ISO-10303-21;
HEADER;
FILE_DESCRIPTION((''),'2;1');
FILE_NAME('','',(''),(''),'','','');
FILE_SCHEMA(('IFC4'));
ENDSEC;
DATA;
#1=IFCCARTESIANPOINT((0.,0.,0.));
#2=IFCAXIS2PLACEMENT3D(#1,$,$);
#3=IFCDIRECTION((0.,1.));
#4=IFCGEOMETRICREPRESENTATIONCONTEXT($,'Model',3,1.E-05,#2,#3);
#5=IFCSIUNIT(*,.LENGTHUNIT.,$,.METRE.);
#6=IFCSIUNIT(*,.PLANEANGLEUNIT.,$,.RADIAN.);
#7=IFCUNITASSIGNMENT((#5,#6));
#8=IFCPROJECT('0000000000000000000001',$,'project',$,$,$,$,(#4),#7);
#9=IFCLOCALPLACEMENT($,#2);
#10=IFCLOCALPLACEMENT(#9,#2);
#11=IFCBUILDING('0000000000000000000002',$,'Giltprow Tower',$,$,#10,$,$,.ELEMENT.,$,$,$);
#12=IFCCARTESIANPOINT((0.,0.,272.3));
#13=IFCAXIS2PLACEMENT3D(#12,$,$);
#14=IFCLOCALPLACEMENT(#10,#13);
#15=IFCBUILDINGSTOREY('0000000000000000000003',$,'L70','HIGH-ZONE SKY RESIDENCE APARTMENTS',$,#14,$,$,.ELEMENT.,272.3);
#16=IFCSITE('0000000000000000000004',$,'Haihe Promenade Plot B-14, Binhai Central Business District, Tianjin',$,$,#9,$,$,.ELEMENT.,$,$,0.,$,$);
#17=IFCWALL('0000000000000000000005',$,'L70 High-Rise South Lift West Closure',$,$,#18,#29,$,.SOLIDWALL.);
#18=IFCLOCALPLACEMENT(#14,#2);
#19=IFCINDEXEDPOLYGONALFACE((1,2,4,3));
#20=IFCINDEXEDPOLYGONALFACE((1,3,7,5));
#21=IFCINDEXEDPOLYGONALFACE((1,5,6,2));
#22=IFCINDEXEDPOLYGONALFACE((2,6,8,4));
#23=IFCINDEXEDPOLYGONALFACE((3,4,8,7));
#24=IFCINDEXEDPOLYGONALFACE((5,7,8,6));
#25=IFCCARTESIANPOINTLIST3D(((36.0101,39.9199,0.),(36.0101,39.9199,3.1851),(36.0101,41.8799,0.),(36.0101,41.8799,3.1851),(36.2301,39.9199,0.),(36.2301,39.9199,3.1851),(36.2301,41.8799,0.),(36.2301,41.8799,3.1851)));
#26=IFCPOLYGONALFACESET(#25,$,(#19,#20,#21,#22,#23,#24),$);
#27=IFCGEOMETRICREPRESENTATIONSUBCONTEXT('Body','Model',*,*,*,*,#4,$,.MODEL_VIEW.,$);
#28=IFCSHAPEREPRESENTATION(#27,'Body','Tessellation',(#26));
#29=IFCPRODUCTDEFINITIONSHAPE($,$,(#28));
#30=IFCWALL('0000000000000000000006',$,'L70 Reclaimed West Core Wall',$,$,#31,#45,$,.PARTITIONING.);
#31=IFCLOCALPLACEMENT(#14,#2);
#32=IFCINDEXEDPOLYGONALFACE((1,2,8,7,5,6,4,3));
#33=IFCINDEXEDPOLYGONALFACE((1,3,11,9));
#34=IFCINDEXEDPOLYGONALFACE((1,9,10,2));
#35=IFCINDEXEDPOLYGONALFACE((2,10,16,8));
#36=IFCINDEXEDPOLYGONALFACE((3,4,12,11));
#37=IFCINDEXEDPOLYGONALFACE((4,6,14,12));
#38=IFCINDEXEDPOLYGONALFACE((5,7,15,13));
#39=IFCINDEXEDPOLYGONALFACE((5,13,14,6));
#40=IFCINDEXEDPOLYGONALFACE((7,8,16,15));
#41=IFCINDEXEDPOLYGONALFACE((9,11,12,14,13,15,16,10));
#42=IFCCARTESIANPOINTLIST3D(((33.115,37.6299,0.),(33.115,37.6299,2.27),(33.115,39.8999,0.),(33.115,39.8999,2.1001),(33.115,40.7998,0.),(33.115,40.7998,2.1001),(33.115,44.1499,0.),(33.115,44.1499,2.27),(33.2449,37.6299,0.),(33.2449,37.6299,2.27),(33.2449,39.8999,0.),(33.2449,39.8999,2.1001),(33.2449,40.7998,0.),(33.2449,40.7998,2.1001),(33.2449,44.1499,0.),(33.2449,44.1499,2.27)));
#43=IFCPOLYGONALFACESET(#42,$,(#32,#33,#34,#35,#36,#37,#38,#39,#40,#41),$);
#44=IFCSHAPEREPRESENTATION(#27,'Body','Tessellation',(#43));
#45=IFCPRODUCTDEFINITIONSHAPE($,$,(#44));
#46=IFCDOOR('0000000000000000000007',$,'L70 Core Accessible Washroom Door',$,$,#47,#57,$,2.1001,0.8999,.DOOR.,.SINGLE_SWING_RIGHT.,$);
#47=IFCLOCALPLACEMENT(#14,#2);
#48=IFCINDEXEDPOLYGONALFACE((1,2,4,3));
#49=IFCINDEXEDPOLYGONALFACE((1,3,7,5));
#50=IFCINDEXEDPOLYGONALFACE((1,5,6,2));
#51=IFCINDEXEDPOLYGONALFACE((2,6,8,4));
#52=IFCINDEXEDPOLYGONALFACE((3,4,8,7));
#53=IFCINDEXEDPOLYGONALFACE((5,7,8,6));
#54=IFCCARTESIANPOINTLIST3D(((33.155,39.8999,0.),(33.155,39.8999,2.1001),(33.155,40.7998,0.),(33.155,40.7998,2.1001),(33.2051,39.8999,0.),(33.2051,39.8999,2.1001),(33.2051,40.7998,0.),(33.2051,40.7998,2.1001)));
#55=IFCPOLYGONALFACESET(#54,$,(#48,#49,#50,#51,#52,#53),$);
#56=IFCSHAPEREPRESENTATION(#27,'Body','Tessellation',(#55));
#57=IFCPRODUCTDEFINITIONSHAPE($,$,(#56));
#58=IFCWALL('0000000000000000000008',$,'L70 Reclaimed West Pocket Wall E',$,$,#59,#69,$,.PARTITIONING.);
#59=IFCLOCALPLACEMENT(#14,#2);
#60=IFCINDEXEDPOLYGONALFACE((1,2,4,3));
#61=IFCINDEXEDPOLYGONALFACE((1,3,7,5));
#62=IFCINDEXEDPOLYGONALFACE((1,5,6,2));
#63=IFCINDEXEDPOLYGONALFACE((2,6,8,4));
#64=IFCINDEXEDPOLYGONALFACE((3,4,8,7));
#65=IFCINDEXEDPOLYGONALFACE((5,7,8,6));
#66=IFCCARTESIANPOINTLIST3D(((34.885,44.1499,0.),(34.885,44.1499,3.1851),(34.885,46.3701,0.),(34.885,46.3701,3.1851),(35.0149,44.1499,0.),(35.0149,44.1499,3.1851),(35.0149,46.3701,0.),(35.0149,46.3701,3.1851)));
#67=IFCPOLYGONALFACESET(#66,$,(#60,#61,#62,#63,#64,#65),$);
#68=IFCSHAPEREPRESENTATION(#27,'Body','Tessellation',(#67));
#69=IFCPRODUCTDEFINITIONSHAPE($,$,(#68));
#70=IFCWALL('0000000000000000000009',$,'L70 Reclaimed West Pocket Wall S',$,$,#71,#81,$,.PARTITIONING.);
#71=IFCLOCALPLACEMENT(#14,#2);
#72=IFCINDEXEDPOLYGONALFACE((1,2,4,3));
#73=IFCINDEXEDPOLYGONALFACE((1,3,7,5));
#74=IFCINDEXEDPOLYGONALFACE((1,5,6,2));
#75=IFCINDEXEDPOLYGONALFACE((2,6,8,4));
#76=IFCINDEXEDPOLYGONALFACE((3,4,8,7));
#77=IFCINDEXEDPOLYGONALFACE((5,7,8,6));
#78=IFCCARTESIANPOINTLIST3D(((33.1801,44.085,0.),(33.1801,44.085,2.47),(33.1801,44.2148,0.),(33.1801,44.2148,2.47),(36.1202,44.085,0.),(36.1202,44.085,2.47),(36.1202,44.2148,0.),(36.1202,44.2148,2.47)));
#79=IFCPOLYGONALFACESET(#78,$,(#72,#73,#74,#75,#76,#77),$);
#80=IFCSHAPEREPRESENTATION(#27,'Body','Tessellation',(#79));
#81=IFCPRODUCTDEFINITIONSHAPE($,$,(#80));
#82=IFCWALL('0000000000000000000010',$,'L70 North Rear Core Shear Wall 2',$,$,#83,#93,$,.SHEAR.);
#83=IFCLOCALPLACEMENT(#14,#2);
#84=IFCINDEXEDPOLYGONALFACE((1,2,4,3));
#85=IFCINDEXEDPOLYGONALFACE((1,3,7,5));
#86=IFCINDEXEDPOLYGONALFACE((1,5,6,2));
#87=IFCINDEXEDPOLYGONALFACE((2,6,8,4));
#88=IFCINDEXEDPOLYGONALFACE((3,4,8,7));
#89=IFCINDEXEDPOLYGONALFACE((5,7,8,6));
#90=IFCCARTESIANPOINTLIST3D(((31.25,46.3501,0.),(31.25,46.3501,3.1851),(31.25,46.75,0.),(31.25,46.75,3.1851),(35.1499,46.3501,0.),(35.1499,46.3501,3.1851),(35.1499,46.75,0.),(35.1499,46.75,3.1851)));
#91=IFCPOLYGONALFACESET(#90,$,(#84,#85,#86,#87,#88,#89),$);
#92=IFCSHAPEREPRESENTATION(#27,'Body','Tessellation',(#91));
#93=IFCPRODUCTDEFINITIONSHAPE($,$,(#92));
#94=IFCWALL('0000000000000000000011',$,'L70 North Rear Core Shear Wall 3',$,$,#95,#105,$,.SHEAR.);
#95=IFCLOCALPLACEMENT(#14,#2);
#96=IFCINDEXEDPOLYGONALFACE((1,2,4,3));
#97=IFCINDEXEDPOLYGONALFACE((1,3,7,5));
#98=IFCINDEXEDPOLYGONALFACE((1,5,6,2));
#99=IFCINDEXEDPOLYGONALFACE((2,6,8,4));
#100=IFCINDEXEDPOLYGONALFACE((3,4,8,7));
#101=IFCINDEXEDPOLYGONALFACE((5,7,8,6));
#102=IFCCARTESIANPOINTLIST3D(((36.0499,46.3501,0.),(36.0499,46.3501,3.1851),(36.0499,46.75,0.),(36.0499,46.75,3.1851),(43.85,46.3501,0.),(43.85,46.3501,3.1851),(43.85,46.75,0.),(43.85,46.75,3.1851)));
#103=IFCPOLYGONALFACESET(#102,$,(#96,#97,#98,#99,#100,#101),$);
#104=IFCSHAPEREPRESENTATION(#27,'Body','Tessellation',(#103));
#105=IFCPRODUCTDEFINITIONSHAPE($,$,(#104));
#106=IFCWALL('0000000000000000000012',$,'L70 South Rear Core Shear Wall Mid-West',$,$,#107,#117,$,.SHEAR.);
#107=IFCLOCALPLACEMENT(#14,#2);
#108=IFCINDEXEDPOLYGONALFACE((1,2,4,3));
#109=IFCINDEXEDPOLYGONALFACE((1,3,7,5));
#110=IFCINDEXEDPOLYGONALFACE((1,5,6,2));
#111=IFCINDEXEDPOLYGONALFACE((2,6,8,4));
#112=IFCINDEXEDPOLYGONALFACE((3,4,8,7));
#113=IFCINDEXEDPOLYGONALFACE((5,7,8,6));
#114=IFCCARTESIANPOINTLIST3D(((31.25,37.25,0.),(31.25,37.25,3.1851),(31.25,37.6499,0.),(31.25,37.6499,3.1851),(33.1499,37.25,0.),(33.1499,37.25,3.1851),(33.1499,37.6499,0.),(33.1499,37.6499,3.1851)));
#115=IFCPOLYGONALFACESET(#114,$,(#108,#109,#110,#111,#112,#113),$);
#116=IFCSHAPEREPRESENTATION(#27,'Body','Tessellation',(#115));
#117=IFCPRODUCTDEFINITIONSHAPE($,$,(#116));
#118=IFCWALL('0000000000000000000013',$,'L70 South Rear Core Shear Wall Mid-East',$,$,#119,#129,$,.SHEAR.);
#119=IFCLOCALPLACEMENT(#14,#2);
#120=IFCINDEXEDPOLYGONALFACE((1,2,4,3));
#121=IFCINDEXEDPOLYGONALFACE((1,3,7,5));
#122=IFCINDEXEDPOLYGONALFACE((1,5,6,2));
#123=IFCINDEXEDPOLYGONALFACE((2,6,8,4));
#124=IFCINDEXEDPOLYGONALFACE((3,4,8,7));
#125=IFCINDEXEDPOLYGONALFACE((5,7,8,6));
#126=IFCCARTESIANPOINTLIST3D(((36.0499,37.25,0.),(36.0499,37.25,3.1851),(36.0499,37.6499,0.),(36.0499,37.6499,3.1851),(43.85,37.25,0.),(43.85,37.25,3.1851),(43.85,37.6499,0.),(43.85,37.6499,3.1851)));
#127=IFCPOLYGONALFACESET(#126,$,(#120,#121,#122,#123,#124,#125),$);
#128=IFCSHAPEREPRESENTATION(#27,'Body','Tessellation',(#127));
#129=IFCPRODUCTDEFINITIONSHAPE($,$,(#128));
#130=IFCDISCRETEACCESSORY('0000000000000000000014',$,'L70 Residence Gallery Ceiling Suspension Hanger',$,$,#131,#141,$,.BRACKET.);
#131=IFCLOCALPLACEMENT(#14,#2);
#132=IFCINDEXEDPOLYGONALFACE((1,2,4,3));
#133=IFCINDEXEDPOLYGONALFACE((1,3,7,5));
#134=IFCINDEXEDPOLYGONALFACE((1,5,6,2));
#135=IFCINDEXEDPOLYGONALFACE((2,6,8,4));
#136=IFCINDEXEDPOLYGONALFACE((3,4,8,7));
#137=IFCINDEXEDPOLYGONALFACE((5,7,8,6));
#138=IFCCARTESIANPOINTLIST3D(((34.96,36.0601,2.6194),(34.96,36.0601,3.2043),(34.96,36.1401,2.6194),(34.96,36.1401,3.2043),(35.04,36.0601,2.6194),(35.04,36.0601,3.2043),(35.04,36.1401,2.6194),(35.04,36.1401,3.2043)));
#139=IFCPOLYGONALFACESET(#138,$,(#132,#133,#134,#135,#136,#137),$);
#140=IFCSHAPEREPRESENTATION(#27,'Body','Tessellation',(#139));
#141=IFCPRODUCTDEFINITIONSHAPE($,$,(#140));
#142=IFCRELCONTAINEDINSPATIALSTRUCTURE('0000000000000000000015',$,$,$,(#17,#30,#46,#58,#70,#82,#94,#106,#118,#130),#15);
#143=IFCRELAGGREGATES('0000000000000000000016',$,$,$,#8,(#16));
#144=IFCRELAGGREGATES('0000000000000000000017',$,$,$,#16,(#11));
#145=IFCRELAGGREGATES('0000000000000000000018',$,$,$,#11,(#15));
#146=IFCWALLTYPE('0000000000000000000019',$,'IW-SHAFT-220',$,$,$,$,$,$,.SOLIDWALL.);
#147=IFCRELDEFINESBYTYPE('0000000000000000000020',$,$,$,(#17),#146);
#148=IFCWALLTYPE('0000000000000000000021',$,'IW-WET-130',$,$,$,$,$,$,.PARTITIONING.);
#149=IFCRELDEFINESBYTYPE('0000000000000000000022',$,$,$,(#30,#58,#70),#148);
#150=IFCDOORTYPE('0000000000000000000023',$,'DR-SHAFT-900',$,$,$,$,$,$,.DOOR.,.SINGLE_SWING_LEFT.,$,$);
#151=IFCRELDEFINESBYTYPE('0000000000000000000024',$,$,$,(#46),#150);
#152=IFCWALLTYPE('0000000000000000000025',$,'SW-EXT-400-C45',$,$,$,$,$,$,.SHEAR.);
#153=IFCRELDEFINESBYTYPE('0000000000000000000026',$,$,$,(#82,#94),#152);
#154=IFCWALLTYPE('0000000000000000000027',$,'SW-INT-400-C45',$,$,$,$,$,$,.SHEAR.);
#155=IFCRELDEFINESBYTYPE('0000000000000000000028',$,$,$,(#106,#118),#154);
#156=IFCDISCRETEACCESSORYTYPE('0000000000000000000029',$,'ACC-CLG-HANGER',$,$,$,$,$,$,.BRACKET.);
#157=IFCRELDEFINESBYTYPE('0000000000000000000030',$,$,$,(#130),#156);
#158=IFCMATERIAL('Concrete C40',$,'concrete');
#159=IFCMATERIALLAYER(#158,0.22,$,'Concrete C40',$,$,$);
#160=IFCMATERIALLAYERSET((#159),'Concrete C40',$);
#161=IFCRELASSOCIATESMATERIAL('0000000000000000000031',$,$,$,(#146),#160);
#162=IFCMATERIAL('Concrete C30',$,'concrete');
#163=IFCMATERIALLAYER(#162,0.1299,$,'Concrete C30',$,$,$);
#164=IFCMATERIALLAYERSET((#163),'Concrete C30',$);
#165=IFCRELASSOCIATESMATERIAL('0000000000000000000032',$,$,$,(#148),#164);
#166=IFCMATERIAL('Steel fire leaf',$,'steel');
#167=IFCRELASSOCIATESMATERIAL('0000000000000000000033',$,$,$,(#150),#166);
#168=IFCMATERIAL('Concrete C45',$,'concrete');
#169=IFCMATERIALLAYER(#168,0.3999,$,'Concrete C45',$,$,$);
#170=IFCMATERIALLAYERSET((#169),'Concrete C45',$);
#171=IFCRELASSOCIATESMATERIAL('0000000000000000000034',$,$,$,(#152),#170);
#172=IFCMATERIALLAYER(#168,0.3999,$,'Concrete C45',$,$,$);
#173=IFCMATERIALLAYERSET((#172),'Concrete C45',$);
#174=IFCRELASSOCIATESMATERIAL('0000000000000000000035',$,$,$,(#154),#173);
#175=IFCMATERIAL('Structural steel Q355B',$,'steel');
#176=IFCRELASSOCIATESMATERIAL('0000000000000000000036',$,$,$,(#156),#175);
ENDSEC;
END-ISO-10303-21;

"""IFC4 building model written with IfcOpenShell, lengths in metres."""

from ifc_helpers import new_model, si_unit, direction, frame, frame_2d, origin, origin_2d, place, context, subcontext, project, spatial, rectangle, extrude, source, transform, mapped, material, layer, layer_set, type_object, element, fill, save


model = new_model("IFC4")

# Units and contexts
model_context = context("Model", 3, precision=1e-05, world=origin(), true_north=direction((0.0, 1.0)))
body_context = subcontext(model_context, "Body", "Model", "MODEL_VIEW")
ifc_project = project(units=[si_unit("LENGTHUNIT", "METRE"), si_unit("PLANEANGLEUNIT", "RADIAN")], contexts=[model_context])

# Site, building, storey
site_placement = place(None, origin())
site = spatial("IfcSite", under=ifc_project, at=site_placement, Name="Haihe Promenade Plot B-14, Binhai Central Business District, Tianjin", CompositionType="ELEMENT", RefElevation=0.0)
building_placement = place(site_placement, origin())
building = spatial("IfcBuilding", under=site, at=building_placement, Name="Giltprow Tower", CompositionType="ELEMENT")
storey_placement = place(building_placement, frame((0.0, 0.0, 272.3)))
storey = spatial("IfcBuildingStorey", under=building, at=storey_placement, Name="L70", Description="HIGH-ZONE SKY RESIDENCE APARTMENTS", CompositionType="ELEMENT", Elevation=272.3)

# Shared definitions
ifc_material_1 = material(Name="Concrete C45", Category="concrete")

# Shared definitions
ifc_material_2 = material(Name="Structural steel Q355B", Category="steel")

# Shared definitions
ifc_material_3 = material(Name="Concrete C40", Category="concrete")
ifc_layer_1 = layer(ifc_material_3, 0.22, Name="Concrete C40")
ifc_layer_set_1 = layer_set([ifc_layer_1], Name="Concrete C40")
wall_type_1 = type_object("IfcWallType", Name="IW-SHAFT-220", PredefinedType="SOLIDWALL", material=ifc_layer_set_1)

# Wall
wall_1_placement = place(storey_placement, frame((36.1201, 39.9199, 0.0), z_axis=(0.0, 0.0, 1.0), x_axis=(0.0, 1.0, 0.0)))
element("IfcWall", 1, at=wall_1_placement, inside=storey, type_object=wall_type_1, Name="L70 High-Rise South Lift West Closure", PredefinedType="SOLIDWALL", context=body_context, shape_type="SweptSolid", body=[
    extrude(rectangle(XDim=1.96, YDim=0.22, at=frame_2d((0.98, 0.0))), origin(), (0.0, 0.0, 1.0), 3.1851),
])

# Wall, opening, door
ifc_material_4 = material(Name="Concrete C30", Category="concrete")
ifc_layer_2 = layer(ifc_material_4, 0.1299, Name="Concrete C30")
ifc_layer_set_2 = layer_set([ifc_layer_2], Name="Concrete C30")
wall_type_2 = type_object("IfcWallType", Name="IW-WET-130", PredefinedType="PARTITIONING", material=ifc_layer_set_2)
wall_2_placement = place(storey_placement, frame((33.1799, 37.6299, 0.0), z_axis=(0.0, 0.0, 1.0), x_axis=(0.0, 1.0, 0.0)))
wall_2 = element("IfcWall", 2, at=wall_2_placement, inside=storey, type_object=wall_type_2, Name="L70 Reclaimed West Core Wall", PredefinedType="PARTITIONING", context=body_context, shape_type="SweptSolid", body=[
    extrude(rectangle(XDim=6.52, YDim=0.1299, at=frame_2d((3.26, 0.0))), origin(), (0.0, 0.0, 1.0), 2.27),
])
opening_1_placement = place(wall_2_placement, frame((2.27, 0.0, 0.0)))
opening_1 = element("IfcOpeningElement", 3, at=opening_1_placement, cuts=wall_2, PredefinedType="OPENING", context=body_context, shape_type="SweptSolid", body=[
    extrude(rectangle(XDim=0.8999, YDim=2.1001, at=frame_2d((0.45, 1.05))), frame((0.0, 0.075, 0.0), z_axis=(0.0, -1.0, 0.0), x_axis=(1.0, 0.0, 0.0)), (0.0, 0.0, 1.0), 0.1499),
])
ifc_material_5 = material(Name="Steel fire leaf", Category="steel")
door_type_1 = type_object("IfcDoorType", Name="DR-SHAFT-900", OperationType="SINGLE_SWING_LEFT", PredefinedType="DOOR", material=ifc_material_5)
shared_shape_1 = source(origin(), body_context, "Body", "SweptSolid", [
    extrude(rectangle(XDim=0.8999, YDim=2.1001, at=frame_2d((0.45, 1.05))), frame((0.0, 0.0249, 0.0), z_axis=(0.0, -1.0, 0.0), x_axis=(1.0, 0.0, 0.0)), (0.0, 0.0, 1.0), 0.05),
])
door_1_placement = place(opening_1_placement, origin())
door_1 = element("IfcDoor", 4, at=door_1_placement, inside=storey, type_object=door_type_1, Name="L70 Core Accessible Washroom Door", OperationType="SINGLE_SWING_RIGHT", OverallHeight=2.1001, OverallWidth=0.8999, PredefinedType="DOOR", context=body_context, shape_type="MappedRepresentation", body=[
    mapped(shared_shape_1, transform((0.0, 0.0, 0.0), x_axis=(1.0, 0.0, 0.0), y_axis=(0.0, 1.0, 0.0), z_axis=(0.0, 0.0, 1.0), scale=1.0)),
])
fill(opening_1, door_1)

# Walls
wall_3_placement = place(storey_placement, frame((34.95, 44.1499, 0.0), z_axis=(0.0, 0.0, 1.0), x_axis=(0.0, 1.0, 0.0)))
element("IfcWall", 5, at=wall_3_placement, inside=storey, type_object=wall_type_2, Name="L70 Reclaimed West Pocket Wall E", PredefinedType="PARTITIONING", context=body_context, shape_type="SweptSolid", body=[
    extrude(rectangle(XDim=2.2202, YDim=0.1299, at=frame_2d((1.1101, 0.0))), origin(), (0.0, 0.0, 1.0), 3.1851),
])
wall_4_placement = place(storey_placement, frame((33.1799, 44.1499, 0.0), z_axis=(0.0, 0.0, 1.0), x_axis=(1.0, 0.0, 0.0)))
element("IfcWall", 6, at=wall_4_placement, inside=storey, type_object=wall_type_2, Name="L70 Reclaimed West Pocket Wall S", PredefinedType="PARTITIONING", context=body_context, shape_type="SweptSolid", body=[
    extrude(rectangle(XDim=2.9402, YDim=0.1299, at=frame_2d((1.4702, 0.0))), origin(), (0.0, 0.0, 1.0), 2.47),
])
ifc_layer_3 = layer(ifc_material_1, 0.3999, Name="Concrete C45")
ifc_layer_set_3 = layer_set([ifc_layer_3], Name="Concrete C45")
wall_type_3 = type_object("IfcWallType", Name="SW-EXT-400-C45", PredefinedType="SHEAR", material=ifc_layer_set_3)
wall_5_placement = place(storey_placement, frame((31.25, 46.55, 0.0), z_axis=(0.0, 0.0, 1.0), x_axis=(1.0, 0.0, 0.0)))
element("IfcWall", 7, at=wall_5_placement, inside=storey, type_object=wall_type_3, Name="L70 North Rear Core Shear Wall 2", PredefinedType="SHEAR", context=body_context, shape_type="SweptSolid", body=[
    extrude(rectangle(XDim=3.8999, YDim=0.3999, at=frame_2d((1.95, 0.0))), origin(), (0.0, 0.0, 1.0), 3.1851),
])
wall_6_placement = place(storey_placement, frame((36.05, 46.55, 0.0), z_axis=(0.0, 0.0, 1.0), x_axis=(1.0, 0.0, 0.0)))
element("IfcWall", 8, at=wall_6_placement, inside=storey, type_object=wall_type_3, Name="L70 North Rear Core Shear Wall 3", PredefinedType="SHEAR", context=body_context, shape_type="SweptSolid", body=[
    extrude(rectangle(XDim=7.8, YDim=0.3999, at=frame_2d((3.8999, 0.0))), origin(), (0.0, 0.0, 1.0), 3.1851),
])
ifc_layer_4 = layer(ifc_material_1, 0.3999, Name="Concrete C45")
ifc_layer_set_4 = layer_set([ifc_layer_4], Name="Concrete C45")
wall_type_4 = type_object("IfcWallType", Name="SW-INT-400-C45", PredefinedType="SHEAR", material=ifc_layer_set_4)
wall_7_placement = place(storey_placement, frame((31.25, 37.45, 0.0), z_axis=(0.0, 0.0, 1.0), x_axis=(1.0, 0.0, 0.0)))
element("IfcWall", 9, at=wall_7_placement, inside=storey, type_object=wall_type_4, Name="L70 South Rear Core Shear Wall Mid-West", PredefinedType="SHEAR", context=body_context, shape_type="SweptSolid", body=[
    extrude(rectangle(XDim=1.8999, YDim=0.3999, at=frame_2d((0.95, 0.0))), origin(), (0.0, 0.0, 1.0), 3.1851),
])
wall_8_placement = place(storey_placement, frame((36.05, 37.45, 0.0), z_axis=(0.0, 0.0, 1.0), x_axis=(1.0, 0.0, 0.0)))
element("IfcWall", 10, at=wall_8_placement, inside=storey, type_object=wall_type_4, Name="L70 South Rear Core Shear Wall Mid-East", PredefinedType="SHEAR", context=body_context, shape_type="SweptSolid", body=[
    extrude(rectangle(XDim=7.8, YDim=0.3999, at=frame_2d((3.8999, 0.0))), origin(), (0.0, 0.0, 1.0), 3.1851),
])

# Discrete accessory
discrete_accessory_type = type_object("IfcDiscreteAccessoryType", Name="ACC-CLG-HANGER", PredefinedType="BRACKET", material=ifc_material_2)
shared_shape_2 = source(origin(), body_context, "Body", "SweptSolid", [
    extrude(rectangle(XDim=0.0801, YDim=0.0801, at=origin_2d()), origin(), (0.0, 0.0, 1.0), 0.585),
])
discrete_accessory_placement = place(storey_placement, frame((35.0, 36.1001, 2.6194), z_axis=(0.0, 0.0, 1.0), x_axis=(1.0, 0.0, 0.0)))
element("IfcDiscreteAccessory", 11, at=discrete_accessory_placement, inside=storey, type_object=discrete_accessory_type, Name="L70 Residence Gallery Ceiling Suspension Hanger", PredefinedType="BRACKET", context=body_context, shape_type="MappedRepresentation", body=[
    mapped(shared_shape_2, transform((0.0, 0.0, 0.0), x_axis=(1.0, 0.0, 0.0), y_axis=(0.0, 1.0, 0.0), z_axis=(0.0, 0.0, 1.0), scale=1.0)),
])

save(model, "model.ifc")
